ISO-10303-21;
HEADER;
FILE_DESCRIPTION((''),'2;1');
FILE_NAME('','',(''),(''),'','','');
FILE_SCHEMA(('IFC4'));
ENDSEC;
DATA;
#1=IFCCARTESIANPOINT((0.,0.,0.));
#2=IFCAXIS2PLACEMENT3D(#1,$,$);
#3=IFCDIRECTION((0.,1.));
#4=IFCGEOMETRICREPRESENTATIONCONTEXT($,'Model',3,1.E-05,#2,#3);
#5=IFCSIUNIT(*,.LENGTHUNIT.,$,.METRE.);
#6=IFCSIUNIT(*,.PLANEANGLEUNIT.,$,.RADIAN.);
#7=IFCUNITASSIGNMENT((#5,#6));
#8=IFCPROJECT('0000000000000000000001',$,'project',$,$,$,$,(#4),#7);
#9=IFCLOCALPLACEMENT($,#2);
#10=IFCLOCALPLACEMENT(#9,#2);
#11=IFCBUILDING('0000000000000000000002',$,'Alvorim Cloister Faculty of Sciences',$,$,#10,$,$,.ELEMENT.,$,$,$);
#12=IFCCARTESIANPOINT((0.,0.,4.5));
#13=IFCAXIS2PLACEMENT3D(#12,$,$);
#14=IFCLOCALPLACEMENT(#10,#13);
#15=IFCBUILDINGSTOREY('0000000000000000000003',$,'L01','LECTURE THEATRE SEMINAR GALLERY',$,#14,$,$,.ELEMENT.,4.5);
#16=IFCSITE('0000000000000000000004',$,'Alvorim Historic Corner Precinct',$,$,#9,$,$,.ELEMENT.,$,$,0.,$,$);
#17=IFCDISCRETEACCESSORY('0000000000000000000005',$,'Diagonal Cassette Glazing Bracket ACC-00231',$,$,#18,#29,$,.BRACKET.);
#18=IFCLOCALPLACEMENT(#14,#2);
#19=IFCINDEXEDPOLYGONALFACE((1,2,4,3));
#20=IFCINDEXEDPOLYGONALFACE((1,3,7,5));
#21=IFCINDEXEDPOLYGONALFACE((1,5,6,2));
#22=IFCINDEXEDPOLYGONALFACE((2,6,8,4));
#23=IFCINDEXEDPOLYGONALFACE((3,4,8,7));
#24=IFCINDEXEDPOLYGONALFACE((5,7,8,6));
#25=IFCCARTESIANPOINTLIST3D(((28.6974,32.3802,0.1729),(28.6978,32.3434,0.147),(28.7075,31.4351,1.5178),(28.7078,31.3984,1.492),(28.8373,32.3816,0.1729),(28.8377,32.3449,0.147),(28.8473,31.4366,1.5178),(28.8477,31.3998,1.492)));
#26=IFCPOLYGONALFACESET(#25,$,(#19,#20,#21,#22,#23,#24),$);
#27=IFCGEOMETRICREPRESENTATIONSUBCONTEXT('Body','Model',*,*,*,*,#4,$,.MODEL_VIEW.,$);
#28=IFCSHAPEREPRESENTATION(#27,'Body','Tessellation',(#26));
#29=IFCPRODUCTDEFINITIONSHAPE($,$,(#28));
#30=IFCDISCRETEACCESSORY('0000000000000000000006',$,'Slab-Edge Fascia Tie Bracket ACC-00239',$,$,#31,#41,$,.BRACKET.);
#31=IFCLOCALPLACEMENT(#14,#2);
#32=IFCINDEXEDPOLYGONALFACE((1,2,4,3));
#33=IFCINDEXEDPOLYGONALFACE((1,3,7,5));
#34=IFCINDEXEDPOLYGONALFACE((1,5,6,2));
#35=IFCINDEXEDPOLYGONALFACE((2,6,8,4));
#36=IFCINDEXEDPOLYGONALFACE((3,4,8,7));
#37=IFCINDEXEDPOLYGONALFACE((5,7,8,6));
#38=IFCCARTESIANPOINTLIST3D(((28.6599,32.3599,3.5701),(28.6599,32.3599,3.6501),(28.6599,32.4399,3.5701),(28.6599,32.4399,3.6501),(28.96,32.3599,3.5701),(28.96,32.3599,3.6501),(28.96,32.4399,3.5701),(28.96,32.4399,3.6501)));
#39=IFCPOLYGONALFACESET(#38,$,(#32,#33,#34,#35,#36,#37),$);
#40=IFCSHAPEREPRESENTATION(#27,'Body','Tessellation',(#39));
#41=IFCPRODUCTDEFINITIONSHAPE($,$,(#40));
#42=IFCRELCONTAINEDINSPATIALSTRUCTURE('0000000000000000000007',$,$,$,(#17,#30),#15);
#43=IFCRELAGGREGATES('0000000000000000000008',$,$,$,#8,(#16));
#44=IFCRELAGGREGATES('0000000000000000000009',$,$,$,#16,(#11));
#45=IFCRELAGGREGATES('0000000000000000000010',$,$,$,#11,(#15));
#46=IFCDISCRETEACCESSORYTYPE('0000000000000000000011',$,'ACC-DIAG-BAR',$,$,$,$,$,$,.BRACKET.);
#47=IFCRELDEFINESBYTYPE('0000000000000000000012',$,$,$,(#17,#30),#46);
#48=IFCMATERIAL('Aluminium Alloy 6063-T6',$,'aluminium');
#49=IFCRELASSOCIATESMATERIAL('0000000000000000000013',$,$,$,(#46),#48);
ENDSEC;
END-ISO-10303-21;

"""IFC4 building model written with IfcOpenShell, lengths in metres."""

from ifc_helpers import new_model, si_unit, direction, frame, origin, origin_2d, place, context, subcontext, project, spatial, rectangle, extrude, material, type_object, element, save


model = new_model("IFC4")

# Units and contexts
model_context = context("Model", 3, precision=1e-05, world=origin(), true_north=direction((0.0, 1.0)))
body_context = subcontext(model_context, "Body", "Model", "MODEL_VIEW")
ifc_project = project(units=[si_unit("LENGTHUNIT", "METRE"), si_unit("PLANEANGLEUNIT", "RADIAN")], contexts=[model_context])

# Site, building, storey
site_placement = place(None, origin())
site = spatial("IfcSite", under=ifc_project, at=site_placement, Name="Alvorim Historic Corner Precinct", CompositionType="ELEMENT", RefElevation=0.0)
building_placement = place(site_placement, origin())
building = spatial("IfcBuilding", under=site, at=building_placement, Name="Alvorim Cloister Faculty of Sciences", CompositionType="ELEMENT")
storey_placement = place(building_placement, frame((0.0, 0.0, 4.5)))
storey = spatial("IfcBuildingStorey", under=building, at=storey_placement, Name="L01", Description="LECTURE THEATRE SEMINAR GALLERY", CompositionType="ELEMENT", Elevation=4.5)

# Shared definitions
ifc_material_1 = material(Name="Aluminium Alloy 6063-T6", Category="aluminium")

# Discrete accessories
discrete_accessory_type = type_object("IfcDiscreteAccessoryType", Name="ACC-DIAG-BAR", PredefinedType="BRACKET", material=ifc_material_1)
discrete_accessory_1_placement = place(storey_placement, frame((28.7776, 31.4175, 1.5049), z_axis=(-0.006089, 0.574916, -0.81819), x_axis=(-0.999944, -0.010591, 0.0)))
element("IfcDiscreteAccessory", 1, at=discrete_accessory_1_placement, inside=storey, type_object=discrete_accessory_type, Name="Diagonal Cassette Glazing Bracket ACC-00231", PredefinedType="BRACKET", context=body_context, shape_type="SweptSolid", body=[
    extrude(rectangle(XDim=0.1399, YDim=0.0449, at=origin_2d()), origin(), (0.0, 0.0, 1.0), 1.6438),
])
discrete_accessory_2_placement = place(storey_placement, frame((28.6599, 32.3999, 3.6101), z_axis=(1.0, 0.0, 0.0), x_axis=(0.0, 1.0, 0.0)))
element("IfcDiscreteAccessory", 2, at=discrete_accessory_2_placement, inside=storey, type_object=discrete_accessory_type, Name="Slab-Edge Fascia Tie Bracket ACC-00239", PredefinedType="BRACKET", context=body_context, shape_type="SweptSolid", body=[
    extrude(rectangle(XDim=0.0801, YDim=0.0801, at=origin_2d()), origin(), (0.0, 0.0, 1.0), 0.3),
])

save(model, "model.ifc")
